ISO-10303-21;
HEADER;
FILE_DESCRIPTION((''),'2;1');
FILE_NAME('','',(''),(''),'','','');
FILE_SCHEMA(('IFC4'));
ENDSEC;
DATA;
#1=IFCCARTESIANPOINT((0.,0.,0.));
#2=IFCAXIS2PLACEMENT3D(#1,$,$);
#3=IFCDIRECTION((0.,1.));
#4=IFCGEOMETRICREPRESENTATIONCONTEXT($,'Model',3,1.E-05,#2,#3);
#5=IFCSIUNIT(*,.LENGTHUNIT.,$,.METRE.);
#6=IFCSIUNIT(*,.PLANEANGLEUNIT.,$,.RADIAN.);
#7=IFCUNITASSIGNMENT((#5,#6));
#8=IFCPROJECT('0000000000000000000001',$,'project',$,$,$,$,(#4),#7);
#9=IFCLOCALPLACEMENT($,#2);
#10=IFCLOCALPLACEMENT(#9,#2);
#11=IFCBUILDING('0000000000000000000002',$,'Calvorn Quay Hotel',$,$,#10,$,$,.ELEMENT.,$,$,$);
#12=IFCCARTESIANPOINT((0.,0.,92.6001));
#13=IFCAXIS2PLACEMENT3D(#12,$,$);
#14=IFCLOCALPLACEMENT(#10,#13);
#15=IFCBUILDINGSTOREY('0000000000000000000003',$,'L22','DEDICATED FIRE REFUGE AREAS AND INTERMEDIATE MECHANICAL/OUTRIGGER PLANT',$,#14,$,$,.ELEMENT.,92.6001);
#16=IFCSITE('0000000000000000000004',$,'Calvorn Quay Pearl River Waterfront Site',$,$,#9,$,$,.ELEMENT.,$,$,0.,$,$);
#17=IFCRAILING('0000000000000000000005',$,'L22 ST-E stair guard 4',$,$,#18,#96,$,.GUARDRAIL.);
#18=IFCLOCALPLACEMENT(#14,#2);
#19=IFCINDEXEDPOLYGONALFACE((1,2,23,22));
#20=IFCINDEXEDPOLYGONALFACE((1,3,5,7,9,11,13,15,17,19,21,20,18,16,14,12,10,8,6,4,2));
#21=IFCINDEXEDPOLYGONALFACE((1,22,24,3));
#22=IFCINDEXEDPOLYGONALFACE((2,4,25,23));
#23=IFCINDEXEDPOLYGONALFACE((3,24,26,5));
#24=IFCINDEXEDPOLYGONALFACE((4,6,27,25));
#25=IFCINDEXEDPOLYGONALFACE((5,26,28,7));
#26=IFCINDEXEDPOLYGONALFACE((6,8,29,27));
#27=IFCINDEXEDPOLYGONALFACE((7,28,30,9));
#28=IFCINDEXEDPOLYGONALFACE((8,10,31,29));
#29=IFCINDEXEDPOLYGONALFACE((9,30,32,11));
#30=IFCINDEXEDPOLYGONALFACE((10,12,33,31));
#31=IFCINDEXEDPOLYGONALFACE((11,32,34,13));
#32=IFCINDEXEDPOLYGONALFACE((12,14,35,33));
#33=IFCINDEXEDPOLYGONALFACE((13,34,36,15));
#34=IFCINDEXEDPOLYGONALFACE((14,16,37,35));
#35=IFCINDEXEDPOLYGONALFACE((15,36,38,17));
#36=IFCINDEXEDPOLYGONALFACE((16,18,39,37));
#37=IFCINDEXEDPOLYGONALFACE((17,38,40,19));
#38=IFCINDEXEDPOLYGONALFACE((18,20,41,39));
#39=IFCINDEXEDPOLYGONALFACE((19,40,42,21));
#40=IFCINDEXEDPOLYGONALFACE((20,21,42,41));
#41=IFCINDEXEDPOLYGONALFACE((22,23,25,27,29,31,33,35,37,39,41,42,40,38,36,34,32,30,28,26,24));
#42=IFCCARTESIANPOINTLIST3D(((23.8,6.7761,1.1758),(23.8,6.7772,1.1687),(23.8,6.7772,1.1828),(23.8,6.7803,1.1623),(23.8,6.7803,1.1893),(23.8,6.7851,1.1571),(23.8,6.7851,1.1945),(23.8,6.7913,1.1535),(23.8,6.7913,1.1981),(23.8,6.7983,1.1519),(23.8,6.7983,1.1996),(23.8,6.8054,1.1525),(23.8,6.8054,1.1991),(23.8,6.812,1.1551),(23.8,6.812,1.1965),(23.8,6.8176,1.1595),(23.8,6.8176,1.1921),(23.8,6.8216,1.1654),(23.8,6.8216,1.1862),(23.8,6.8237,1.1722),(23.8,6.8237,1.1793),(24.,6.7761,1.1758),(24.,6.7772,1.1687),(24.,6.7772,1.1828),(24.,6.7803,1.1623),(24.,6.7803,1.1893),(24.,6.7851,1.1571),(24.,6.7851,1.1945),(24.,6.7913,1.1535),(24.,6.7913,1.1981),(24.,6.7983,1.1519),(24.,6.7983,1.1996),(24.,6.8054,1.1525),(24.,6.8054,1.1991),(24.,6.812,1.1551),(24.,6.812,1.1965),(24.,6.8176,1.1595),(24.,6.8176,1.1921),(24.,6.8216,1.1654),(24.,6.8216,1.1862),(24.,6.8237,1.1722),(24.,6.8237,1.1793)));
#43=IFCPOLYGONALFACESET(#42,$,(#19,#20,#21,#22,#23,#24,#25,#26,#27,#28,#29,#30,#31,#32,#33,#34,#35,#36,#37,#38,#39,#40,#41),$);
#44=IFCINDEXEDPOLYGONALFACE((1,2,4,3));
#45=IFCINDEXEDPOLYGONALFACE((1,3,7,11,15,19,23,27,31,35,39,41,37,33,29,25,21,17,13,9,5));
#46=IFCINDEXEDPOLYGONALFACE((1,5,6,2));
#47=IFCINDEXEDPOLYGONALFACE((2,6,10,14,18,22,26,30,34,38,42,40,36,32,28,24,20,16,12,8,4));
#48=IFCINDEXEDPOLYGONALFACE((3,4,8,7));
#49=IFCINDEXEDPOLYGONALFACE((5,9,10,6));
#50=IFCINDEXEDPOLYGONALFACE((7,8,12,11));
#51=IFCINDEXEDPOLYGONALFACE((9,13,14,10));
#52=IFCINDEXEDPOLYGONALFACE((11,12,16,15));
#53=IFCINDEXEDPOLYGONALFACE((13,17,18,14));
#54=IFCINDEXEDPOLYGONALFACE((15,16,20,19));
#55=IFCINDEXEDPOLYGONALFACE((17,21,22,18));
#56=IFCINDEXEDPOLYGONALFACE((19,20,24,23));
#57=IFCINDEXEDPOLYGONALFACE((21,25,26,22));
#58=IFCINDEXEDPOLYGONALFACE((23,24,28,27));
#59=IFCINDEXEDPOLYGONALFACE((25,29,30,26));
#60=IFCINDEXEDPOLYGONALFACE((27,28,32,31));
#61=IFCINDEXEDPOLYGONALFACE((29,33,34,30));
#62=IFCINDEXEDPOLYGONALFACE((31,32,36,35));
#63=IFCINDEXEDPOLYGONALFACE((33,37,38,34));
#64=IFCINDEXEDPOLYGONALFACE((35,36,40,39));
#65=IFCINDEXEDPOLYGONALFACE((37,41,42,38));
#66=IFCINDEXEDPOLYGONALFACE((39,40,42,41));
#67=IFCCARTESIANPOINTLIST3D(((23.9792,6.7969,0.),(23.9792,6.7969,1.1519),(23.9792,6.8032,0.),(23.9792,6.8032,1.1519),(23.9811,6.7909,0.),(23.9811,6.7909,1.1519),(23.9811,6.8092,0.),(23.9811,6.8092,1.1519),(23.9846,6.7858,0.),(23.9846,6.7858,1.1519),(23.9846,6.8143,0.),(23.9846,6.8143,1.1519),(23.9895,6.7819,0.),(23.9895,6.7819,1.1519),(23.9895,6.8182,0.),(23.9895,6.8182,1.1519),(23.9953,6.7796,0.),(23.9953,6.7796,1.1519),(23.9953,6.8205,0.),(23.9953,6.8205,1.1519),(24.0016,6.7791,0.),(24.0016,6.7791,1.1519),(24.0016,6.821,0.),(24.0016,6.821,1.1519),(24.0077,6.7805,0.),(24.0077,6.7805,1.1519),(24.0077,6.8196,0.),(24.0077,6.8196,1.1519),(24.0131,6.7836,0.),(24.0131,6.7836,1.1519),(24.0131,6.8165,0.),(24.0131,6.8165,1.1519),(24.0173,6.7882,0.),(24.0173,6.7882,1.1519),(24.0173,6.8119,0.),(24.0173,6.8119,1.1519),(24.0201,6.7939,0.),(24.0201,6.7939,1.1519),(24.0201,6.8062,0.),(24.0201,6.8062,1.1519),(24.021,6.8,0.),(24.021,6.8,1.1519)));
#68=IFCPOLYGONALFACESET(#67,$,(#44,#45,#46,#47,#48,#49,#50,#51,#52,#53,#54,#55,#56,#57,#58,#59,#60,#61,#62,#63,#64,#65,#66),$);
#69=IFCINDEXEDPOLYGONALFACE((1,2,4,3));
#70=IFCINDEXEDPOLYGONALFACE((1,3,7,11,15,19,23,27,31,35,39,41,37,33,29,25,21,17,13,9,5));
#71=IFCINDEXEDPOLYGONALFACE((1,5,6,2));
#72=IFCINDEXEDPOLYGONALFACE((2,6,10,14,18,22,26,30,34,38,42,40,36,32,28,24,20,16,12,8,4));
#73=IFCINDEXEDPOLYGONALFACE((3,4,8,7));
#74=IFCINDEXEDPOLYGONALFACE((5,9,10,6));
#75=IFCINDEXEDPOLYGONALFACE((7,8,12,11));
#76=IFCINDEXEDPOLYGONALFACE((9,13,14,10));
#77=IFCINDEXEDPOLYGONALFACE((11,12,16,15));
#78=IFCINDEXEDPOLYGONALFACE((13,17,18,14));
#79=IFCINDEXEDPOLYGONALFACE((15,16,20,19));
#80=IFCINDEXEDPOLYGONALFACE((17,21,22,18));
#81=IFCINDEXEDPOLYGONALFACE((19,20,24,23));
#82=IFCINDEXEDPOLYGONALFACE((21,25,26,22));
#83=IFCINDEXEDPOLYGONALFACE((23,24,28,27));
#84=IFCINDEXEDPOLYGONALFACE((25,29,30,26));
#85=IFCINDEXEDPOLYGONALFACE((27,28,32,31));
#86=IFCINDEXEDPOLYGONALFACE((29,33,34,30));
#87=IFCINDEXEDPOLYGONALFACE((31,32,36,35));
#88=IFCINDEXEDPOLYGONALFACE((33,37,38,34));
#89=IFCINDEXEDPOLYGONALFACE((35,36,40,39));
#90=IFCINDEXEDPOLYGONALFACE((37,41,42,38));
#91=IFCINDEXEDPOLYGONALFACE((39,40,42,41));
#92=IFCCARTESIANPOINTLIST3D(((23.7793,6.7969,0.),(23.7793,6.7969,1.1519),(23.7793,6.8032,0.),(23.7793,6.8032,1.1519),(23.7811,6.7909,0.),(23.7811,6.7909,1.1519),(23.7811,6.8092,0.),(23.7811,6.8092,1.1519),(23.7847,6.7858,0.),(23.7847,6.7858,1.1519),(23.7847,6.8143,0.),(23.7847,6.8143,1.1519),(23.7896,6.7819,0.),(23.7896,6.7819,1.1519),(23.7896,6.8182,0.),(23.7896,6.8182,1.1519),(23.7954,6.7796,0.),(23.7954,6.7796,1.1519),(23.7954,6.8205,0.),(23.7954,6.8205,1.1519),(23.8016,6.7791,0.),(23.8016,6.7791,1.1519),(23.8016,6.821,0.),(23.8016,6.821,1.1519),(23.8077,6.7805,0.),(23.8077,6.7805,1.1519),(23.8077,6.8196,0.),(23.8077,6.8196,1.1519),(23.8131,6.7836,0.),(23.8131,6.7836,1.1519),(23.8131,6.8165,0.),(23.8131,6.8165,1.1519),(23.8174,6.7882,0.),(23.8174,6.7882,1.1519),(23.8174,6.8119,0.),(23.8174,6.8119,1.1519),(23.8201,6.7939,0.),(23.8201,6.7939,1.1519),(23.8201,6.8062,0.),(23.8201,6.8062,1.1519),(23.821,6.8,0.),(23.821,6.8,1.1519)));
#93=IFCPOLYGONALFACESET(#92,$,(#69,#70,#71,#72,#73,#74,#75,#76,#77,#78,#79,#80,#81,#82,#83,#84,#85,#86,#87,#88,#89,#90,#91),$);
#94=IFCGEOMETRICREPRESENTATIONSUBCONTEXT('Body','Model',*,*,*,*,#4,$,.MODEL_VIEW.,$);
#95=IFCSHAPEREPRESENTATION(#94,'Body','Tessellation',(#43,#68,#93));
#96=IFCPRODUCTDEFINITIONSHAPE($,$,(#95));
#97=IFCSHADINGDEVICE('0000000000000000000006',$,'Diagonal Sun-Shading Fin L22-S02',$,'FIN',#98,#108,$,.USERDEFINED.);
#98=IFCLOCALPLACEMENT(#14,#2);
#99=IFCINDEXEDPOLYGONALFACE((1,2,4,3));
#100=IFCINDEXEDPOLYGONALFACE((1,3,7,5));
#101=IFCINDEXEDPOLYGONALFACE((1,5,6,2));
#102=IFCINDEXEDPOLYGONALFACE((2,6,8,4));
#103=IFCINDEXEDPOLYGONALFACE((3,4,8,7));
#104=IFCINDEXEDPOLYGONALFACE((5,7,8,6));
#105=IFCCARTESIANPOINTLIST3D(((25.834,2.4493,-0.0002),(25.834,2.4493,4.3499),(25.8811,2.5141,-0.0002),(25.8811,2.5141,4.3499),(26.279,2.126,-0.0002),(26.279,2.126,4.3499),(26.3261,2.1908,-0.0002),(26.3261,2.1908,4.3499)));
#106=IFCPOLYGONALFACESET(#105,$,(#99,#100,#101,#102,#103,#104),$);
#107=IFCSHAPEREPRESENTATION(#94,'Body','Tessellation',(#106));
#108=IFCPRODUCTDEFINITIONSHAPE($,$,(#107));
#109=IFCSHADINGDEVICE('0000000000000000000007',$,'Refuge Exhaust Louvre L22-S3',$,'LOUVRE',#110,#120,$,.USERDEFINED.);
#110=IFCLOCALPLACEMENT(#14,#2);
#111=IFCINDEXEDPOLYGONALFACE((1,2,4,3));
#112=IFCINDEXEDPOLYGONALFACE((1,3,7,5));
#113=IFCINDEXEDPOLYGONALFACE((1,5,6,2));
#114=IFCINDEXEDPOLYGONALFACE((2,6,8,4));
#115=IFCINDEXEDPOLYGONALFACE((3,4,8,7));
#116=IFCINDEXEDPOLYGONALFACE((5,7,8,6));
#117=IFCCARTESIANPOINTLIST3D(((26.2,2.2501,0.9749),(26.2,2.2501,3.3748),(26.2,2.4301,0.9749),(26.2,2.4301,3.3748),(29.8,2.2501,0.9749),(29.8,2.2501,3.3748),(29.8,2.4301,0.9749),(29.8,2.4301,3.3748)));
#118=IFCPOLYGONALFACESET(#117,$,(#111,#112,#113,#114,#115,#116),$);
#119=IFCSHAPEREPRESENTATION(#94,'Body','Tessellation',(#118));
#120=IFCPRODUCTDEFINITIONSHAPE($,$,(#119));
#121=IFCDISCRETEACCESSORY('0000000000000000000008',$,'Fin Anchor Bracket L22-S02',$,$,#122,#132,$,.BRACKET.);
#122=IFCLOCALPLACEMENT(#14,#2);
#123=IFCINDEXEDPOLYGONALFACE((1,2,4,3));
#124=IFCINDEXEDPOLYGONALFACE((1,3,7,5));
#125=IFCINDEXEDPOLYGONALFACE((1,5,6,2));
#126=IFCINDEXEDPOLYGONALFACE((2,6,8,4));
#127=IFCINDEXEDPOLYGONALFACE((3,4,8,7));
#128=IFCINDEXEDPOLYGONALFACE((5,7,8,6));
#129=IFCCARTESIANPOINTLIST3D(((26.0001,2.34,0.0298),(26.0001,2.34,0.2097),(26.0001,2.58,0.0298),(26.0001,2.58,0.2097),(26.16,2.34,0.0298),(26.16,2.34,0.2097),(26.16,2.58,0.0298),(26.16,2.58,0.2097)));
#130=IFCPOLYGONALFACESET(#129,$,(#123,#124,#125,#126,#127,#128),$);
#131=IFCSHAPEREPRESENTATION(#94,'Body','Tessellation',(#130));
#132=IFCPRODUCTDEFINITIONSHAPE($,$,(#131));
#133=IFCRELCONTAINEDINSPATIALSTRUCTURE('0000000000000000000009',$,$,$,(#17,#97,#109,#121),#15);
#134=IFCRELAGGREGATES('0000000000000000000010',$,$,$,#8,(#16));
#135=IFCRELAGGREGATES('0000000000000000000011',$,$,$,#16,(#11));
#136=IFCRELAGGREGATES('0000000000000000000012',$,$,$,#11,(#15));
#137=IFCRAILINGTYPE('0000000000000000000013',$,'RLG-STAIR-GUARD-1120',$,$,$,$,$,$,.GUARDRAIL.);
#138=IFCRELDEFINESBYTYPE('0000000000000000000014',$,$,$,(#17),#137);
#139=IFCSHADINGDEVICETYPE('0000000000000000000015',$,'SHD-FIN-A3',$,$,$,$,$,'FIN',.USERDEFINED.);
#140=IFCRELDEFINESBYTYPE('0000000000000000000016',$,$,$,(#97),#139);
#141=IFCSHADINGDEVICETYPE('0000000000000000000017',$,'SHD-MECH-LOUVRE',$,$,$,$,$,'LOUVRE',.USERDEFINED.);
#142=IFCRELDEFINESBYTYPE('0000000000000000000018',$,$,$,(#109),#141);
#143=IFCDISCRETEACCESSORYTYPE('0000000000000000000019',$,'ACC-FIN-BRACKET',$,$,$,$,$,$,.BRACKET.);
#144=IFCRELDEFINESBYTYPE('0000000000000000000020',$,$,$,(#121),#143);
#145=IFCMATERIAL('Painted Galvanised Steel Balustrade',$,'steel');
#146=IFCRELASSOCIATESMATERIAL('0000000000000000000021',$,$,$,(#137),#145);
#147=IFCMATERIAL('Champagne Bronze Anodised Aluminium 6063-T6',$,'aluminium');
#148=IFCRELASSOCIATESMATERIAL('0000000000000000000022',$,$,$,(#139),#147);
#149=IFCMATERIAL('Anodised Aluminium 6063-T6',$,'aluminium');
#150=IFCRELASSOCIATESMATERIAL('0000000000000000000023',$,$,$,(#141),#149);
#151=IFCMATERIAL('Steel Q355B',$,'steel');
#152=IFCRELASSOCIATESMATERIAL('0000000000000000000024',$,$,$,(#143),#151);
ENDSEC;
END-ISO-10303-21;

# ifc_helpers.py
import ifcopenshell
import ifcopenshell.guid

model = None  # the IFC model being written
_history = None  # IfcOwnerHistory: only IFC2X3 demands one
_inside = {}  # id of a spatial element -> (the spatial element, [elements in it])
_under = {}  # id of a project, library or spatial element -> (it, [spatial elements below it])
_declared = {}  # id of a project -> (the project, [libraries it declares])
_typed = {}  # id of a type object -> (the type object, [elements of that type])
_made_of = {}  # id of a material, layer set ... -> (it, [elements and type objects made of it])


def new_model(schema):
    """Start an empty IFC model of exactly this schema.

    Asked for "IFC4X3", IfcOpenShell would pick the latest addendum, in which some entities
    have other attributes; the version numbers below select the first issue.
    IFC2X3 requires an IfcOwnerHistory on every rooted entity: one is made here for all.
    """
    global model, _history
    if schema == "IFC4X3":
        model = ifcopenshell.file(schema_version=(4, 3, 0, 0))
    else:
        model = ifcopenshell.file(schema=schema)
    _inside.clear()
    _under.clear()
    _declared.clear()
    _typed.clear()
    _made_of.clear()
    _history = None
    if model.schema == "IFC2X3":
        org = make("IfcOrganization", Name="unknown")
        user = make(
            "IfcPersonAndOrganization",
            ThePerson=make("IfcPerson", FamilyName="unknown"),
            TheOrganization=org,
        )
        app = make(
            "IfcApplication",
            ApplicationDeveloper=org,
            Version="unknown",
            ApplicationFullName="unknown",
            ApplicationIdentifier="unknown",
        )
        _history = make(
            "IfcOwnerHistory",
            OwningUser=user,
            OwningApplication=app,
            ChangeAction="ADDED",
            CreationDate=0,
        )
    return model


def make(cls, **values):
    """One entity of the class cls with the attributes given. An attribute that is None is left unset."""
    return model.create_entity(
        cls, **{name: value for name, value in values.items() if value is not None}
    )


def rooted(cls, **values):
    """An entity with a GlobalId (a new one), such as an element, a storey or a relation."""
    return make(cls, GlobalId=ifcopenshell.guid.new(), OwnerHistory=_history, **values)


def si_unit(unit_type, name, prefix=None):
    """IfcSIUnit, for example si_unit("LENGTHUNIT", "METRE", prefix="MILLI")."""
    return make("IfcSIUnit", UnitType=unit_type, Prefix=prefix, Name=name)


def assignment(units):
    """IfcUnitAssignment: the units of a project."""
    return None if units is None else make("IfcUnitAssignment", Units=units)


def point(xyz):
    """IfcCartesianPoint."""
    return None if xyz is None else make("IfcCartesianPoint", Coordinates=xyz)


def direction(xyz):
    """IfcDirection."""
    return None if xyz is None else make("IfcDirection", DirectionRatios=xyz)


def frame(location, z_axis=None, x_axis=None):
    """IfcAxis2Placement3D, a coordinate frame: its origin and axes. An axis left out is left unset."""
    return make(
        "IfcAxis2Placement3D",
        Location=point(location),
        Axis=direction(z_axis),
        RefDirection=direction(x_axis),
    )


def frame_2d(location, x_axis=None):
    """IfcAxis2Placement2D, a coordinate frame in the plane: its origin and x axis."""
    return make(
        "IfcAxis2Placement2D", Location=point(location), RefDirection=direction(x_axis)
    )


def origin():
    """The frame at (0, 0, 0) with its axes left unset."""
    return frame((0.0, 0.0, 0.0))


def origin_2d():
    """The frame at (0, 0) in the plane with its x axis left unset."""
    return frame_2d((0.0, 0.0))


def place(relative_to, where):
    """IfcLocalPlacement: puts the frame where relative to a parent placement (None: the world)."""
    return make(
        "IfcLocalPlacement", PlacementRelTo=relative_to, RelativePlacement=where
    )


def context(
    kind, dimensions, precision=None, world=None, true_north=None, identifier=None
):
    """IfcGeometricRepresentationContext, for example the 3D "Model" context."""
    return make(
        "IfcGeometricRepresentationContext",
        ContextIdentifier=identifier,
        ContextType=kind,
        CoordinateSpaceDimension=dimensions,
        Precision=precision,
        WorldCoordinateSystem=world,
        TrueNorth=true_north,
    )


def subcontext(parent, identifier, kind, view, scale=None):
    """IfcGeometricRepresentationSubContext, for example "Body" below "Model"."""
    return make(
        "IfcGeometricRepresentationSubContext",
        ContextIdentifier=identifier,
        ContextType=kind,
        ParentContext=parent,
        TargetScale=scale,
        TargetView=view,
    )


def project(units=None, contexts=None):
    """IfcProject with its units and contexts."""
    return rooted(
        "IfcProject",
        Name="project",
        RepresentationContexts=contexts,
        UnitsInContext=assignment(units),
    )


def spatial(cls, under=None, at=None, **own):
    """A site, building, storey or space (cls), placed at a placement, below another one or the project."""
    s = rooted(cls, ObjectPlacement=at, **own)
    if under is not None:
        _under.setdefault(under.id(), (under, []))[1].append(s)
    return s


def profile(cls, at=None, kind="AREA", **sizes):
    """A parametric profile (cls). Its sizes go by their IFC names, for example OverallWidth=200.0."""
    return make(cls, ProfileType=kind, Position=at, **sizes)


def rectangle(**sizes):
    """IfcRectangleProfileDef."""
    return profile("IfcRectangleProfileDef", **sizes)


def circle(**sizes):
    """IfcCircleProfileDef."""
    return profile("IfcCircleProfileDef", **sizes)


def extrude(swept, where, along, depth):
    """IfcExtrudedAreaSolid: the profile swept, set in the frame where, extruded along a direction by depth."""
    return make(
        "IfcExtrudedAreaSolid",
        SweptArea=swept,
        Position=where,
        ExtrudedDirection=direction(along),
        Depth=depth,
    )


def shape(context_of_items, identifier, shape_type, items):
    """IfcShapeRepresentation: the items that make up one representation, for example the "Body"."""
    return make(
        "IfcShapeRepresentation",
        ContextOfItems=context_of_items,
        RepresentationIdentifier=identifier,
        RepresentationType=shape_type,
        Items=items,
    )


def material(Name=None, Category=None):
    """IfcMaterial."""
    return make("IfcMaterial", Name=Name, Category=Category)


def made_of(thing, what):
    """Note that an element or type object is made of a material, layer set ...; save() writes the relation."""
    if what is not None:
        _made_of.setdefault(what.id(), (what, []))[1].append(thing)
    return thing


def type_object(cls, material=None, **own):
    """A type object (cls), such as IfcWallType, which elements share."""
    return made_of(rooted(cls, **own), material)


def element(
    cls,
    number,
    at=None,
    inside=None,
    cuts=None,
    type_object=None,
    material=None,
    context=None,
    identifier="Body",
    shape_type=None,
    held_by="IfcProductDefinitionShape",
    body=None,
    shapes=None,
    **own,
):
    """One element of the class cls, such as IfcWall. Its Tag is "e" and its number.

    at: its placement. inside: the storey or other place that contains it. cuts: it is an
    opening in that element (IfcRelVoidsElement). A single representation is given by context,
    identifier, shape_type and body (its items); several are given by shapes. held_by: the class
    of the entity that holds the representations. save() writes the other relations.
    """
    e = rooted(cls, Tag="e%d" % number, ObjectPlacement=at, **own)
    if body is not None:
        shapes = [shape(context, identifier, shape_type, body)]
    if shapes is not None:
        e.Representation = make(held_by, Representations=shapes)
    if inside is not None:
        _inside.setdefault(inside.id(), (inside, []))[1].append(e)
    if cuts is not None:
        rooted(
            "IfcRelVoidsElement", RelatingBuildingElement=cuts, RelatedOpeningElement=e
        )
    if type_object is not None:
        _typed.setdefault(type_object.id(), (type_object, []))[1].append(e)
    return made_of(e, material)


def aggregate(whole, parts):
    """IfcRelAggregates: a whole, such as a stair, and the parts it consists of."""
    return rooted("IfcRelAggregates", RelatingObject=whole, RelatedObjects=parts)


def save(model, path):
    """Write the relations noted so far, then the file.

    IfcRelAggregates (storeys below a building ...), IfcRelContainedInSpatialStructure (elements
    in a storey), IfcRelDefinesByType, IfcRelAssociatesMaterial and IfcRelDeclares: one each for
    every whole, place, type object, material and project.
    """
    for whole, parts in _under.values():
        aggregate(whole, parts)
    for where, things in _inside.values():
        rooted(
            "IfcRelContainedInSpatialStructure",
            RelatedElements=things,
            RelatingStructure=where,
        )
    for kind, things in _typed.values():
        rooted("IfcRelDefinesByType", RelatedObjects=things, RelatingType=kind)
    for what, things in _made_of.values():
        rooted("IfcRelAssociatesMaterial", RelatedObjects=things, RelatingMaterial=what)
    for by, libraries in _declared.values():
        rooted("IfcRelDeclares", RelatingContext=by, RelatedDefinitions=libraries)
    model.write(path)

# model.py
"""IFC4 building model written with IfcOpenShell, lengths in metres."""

from ifc_helpers import new_model, si_unit, direction, frame, origin, origin_2d, place, context, subcontext, project, spatial, rectangle, circle, extrude, material, type_object, element, save


model = new_model("IFC4")

# Units and contexts
model_context = context("Model", 3, precision=1e-05, world=origin(), true_north=direction((0.0, 1.0)))
body_context = subcontext(model_context, "Body", "Model", "MODEL_VIEW")
ifc_project = project(units=[si_unit("LENGTHUNIT", "METRE"), si_unit("PLANEANGLEUNIT", "RADIAN")], contexts=[model_context])

# Site, building, storey
site_placement = place(None, origin())
site = spatial("IfcSite", under=ifc_project, at=site_placement, Name="Calvorn Quay Pearl River Waterfront Site", CompositionType="ELEMENT", RefElevation=0.0)
building_placement = place(site_placement, origin())
building = spatial("IfcBuilding", under=site, at=building_placement, Name="Calvorn Quay Hotel", CompositionType="ELEMENT")
storey_placement = place(building_placement, frame((0.0, 0.0, 92.6001)))
storey = spatial("IfcBuildingStorey", under=building, at=storey_placement, Name="L22", Description="DEDICATED FIRE REFUGE AREAS AND INTERMEDIATE MECHANICAL/OUTRIGGER PLANT", CompositionType="ELEMENT", Elevation=92.6001)

# Railing
ifc_material_1 = material(Name="Painted Galvanised Steel Balustrade", Category="steel")
railing_type_1 = type_object("IfcRailingType", Name="RLG-STAIR-GUARD-1120", PredefinedType="GUARDRAIL", material=ifc_material_1)
railing_1_placement = place(storey_placement, frame((24.0, 6.8, 0.0)))
element("IfcRailing", 1, at=railing_1_placement, inside=storey, type_object=railing_type_1, Name="L22 ST-E stair guard 4", PredefinedType="GUARDRAIL", context=body_context, shape_type="SweptSolid", body=[
    extrude(circle(Radius=0.0239, at=origin_2d()), frame((0.0, 0.0, 1.1758), z_axis=(-1.0, 0.0, 0.0), x_axis=(0.0, -1.0, 0.0)), (0.0, 0.0, 1.0), 0.2),
    extrude(circle(Radius=0.021, at=origin_2d()), origin(), (0.0, 0.0, 1.0), 1.1519),
    extrude(circle(Radius=0.021, at=origin_2d()), frame((-0.2, 0.0, 0.0)), (0.0, 0.0, 1.0), 1.1519),
])

# Shading devices
ifc_material_2 = material(Name="Champagne Bronze Anodised Aluminium 6063-T6", Category="aluminium")
shading_device_type_1 = type_object("IfcShadingDeviceType", Name="SHD-FIN-A3", ElementType="FIN", PredefinedType="USERDEFINED", material=ifc_material_2)
shading_device_1_placement = place(storey_placement, frame((26.0801, 2.3201, -0.0002), z_axis=(0.0, 0.0, 1.0), x_axis=(-0.809017, 0.587785, 0.0)))
element("IfcShadingDevice", 2, at=shading_device_1_placement, inside=storey, type_object=shading_device_type_1, Name="Diagonal Sun-Shading Fin L22-S02", ObjectType="FIN", PredefinedType="USERDEFINED", context=body_context, shape_type="SweptSolid", body=[
    extrude(rectangle(XDim=0.55, YDim=0.0801, at=origin_2d()), origin(), (0.0, 0.0, 1.0), 4.3501),
])
ifc_material_3 = material(Name="Anodised Aluminium 6063-T6", Category="aluminium")
shading_device_type_2 = type_object("IfcShadingDeviceType", Name="SHD-MECH-LOUVRE", ElementType="LOUVRE", PredefinedType="USERDEFINED", material=ifc_material_3)
shading_device_2_placement = place(storey_placement, frame((28.0, 2.3401, 0.9749), z_axis=(0.0, 0.0, 1.0), x_axis=(1.0, 0.0, 0.0)))
element("IfcShadingDevice", 3, at=shading_device_2_placement, inside=storey, type_object=shading_device_type_2, Name="Refuge Exhaust Louvre L22-S3", ObjectType="LOUVRE", PredefinedType="USERDEFINED", context=body_context, shape_type="SweptSolid", body=[
    extrude(rectangle(XDim=3.6001, YDim=0.1799, at=origin_2d()), origin(), (0.0, 0.0, 1.0), 2.3999),
])

# Discrete accessory
ifc_material_4 = material(Name="Steel Q355B", Category="steel")
discrete_accessory_type = type_object("IfcDiscreteAccessoryType", Name="ACC-FIN-BRACKET", PredefinedType="BRACKET", material=ifc_material_4)
discrete_accessory_placement = place(storey_placement, frame((26.0801, 2.46, 0.0298), z_axis=(0.0, 0.0, 1.0), x_axis=(0.0, 1.0, 0.0)))
element("IfcDiscreteAccessory", 4, at=discrete_accessory_placement, inside=storey, type_object=discrete_accessory_type, Name="Fin Anchor Bracket L22-S02", PredefinedType="BRACKET", context=body_context, shape_type="SweptSolid", body=[
    extrude(rectangle(XDim=0.24, YDim=0.1599, at=origin_2d()), origin(), (0.0, 0.0, 1.0), 0.1799),
])

save(model, "model.ifc")
